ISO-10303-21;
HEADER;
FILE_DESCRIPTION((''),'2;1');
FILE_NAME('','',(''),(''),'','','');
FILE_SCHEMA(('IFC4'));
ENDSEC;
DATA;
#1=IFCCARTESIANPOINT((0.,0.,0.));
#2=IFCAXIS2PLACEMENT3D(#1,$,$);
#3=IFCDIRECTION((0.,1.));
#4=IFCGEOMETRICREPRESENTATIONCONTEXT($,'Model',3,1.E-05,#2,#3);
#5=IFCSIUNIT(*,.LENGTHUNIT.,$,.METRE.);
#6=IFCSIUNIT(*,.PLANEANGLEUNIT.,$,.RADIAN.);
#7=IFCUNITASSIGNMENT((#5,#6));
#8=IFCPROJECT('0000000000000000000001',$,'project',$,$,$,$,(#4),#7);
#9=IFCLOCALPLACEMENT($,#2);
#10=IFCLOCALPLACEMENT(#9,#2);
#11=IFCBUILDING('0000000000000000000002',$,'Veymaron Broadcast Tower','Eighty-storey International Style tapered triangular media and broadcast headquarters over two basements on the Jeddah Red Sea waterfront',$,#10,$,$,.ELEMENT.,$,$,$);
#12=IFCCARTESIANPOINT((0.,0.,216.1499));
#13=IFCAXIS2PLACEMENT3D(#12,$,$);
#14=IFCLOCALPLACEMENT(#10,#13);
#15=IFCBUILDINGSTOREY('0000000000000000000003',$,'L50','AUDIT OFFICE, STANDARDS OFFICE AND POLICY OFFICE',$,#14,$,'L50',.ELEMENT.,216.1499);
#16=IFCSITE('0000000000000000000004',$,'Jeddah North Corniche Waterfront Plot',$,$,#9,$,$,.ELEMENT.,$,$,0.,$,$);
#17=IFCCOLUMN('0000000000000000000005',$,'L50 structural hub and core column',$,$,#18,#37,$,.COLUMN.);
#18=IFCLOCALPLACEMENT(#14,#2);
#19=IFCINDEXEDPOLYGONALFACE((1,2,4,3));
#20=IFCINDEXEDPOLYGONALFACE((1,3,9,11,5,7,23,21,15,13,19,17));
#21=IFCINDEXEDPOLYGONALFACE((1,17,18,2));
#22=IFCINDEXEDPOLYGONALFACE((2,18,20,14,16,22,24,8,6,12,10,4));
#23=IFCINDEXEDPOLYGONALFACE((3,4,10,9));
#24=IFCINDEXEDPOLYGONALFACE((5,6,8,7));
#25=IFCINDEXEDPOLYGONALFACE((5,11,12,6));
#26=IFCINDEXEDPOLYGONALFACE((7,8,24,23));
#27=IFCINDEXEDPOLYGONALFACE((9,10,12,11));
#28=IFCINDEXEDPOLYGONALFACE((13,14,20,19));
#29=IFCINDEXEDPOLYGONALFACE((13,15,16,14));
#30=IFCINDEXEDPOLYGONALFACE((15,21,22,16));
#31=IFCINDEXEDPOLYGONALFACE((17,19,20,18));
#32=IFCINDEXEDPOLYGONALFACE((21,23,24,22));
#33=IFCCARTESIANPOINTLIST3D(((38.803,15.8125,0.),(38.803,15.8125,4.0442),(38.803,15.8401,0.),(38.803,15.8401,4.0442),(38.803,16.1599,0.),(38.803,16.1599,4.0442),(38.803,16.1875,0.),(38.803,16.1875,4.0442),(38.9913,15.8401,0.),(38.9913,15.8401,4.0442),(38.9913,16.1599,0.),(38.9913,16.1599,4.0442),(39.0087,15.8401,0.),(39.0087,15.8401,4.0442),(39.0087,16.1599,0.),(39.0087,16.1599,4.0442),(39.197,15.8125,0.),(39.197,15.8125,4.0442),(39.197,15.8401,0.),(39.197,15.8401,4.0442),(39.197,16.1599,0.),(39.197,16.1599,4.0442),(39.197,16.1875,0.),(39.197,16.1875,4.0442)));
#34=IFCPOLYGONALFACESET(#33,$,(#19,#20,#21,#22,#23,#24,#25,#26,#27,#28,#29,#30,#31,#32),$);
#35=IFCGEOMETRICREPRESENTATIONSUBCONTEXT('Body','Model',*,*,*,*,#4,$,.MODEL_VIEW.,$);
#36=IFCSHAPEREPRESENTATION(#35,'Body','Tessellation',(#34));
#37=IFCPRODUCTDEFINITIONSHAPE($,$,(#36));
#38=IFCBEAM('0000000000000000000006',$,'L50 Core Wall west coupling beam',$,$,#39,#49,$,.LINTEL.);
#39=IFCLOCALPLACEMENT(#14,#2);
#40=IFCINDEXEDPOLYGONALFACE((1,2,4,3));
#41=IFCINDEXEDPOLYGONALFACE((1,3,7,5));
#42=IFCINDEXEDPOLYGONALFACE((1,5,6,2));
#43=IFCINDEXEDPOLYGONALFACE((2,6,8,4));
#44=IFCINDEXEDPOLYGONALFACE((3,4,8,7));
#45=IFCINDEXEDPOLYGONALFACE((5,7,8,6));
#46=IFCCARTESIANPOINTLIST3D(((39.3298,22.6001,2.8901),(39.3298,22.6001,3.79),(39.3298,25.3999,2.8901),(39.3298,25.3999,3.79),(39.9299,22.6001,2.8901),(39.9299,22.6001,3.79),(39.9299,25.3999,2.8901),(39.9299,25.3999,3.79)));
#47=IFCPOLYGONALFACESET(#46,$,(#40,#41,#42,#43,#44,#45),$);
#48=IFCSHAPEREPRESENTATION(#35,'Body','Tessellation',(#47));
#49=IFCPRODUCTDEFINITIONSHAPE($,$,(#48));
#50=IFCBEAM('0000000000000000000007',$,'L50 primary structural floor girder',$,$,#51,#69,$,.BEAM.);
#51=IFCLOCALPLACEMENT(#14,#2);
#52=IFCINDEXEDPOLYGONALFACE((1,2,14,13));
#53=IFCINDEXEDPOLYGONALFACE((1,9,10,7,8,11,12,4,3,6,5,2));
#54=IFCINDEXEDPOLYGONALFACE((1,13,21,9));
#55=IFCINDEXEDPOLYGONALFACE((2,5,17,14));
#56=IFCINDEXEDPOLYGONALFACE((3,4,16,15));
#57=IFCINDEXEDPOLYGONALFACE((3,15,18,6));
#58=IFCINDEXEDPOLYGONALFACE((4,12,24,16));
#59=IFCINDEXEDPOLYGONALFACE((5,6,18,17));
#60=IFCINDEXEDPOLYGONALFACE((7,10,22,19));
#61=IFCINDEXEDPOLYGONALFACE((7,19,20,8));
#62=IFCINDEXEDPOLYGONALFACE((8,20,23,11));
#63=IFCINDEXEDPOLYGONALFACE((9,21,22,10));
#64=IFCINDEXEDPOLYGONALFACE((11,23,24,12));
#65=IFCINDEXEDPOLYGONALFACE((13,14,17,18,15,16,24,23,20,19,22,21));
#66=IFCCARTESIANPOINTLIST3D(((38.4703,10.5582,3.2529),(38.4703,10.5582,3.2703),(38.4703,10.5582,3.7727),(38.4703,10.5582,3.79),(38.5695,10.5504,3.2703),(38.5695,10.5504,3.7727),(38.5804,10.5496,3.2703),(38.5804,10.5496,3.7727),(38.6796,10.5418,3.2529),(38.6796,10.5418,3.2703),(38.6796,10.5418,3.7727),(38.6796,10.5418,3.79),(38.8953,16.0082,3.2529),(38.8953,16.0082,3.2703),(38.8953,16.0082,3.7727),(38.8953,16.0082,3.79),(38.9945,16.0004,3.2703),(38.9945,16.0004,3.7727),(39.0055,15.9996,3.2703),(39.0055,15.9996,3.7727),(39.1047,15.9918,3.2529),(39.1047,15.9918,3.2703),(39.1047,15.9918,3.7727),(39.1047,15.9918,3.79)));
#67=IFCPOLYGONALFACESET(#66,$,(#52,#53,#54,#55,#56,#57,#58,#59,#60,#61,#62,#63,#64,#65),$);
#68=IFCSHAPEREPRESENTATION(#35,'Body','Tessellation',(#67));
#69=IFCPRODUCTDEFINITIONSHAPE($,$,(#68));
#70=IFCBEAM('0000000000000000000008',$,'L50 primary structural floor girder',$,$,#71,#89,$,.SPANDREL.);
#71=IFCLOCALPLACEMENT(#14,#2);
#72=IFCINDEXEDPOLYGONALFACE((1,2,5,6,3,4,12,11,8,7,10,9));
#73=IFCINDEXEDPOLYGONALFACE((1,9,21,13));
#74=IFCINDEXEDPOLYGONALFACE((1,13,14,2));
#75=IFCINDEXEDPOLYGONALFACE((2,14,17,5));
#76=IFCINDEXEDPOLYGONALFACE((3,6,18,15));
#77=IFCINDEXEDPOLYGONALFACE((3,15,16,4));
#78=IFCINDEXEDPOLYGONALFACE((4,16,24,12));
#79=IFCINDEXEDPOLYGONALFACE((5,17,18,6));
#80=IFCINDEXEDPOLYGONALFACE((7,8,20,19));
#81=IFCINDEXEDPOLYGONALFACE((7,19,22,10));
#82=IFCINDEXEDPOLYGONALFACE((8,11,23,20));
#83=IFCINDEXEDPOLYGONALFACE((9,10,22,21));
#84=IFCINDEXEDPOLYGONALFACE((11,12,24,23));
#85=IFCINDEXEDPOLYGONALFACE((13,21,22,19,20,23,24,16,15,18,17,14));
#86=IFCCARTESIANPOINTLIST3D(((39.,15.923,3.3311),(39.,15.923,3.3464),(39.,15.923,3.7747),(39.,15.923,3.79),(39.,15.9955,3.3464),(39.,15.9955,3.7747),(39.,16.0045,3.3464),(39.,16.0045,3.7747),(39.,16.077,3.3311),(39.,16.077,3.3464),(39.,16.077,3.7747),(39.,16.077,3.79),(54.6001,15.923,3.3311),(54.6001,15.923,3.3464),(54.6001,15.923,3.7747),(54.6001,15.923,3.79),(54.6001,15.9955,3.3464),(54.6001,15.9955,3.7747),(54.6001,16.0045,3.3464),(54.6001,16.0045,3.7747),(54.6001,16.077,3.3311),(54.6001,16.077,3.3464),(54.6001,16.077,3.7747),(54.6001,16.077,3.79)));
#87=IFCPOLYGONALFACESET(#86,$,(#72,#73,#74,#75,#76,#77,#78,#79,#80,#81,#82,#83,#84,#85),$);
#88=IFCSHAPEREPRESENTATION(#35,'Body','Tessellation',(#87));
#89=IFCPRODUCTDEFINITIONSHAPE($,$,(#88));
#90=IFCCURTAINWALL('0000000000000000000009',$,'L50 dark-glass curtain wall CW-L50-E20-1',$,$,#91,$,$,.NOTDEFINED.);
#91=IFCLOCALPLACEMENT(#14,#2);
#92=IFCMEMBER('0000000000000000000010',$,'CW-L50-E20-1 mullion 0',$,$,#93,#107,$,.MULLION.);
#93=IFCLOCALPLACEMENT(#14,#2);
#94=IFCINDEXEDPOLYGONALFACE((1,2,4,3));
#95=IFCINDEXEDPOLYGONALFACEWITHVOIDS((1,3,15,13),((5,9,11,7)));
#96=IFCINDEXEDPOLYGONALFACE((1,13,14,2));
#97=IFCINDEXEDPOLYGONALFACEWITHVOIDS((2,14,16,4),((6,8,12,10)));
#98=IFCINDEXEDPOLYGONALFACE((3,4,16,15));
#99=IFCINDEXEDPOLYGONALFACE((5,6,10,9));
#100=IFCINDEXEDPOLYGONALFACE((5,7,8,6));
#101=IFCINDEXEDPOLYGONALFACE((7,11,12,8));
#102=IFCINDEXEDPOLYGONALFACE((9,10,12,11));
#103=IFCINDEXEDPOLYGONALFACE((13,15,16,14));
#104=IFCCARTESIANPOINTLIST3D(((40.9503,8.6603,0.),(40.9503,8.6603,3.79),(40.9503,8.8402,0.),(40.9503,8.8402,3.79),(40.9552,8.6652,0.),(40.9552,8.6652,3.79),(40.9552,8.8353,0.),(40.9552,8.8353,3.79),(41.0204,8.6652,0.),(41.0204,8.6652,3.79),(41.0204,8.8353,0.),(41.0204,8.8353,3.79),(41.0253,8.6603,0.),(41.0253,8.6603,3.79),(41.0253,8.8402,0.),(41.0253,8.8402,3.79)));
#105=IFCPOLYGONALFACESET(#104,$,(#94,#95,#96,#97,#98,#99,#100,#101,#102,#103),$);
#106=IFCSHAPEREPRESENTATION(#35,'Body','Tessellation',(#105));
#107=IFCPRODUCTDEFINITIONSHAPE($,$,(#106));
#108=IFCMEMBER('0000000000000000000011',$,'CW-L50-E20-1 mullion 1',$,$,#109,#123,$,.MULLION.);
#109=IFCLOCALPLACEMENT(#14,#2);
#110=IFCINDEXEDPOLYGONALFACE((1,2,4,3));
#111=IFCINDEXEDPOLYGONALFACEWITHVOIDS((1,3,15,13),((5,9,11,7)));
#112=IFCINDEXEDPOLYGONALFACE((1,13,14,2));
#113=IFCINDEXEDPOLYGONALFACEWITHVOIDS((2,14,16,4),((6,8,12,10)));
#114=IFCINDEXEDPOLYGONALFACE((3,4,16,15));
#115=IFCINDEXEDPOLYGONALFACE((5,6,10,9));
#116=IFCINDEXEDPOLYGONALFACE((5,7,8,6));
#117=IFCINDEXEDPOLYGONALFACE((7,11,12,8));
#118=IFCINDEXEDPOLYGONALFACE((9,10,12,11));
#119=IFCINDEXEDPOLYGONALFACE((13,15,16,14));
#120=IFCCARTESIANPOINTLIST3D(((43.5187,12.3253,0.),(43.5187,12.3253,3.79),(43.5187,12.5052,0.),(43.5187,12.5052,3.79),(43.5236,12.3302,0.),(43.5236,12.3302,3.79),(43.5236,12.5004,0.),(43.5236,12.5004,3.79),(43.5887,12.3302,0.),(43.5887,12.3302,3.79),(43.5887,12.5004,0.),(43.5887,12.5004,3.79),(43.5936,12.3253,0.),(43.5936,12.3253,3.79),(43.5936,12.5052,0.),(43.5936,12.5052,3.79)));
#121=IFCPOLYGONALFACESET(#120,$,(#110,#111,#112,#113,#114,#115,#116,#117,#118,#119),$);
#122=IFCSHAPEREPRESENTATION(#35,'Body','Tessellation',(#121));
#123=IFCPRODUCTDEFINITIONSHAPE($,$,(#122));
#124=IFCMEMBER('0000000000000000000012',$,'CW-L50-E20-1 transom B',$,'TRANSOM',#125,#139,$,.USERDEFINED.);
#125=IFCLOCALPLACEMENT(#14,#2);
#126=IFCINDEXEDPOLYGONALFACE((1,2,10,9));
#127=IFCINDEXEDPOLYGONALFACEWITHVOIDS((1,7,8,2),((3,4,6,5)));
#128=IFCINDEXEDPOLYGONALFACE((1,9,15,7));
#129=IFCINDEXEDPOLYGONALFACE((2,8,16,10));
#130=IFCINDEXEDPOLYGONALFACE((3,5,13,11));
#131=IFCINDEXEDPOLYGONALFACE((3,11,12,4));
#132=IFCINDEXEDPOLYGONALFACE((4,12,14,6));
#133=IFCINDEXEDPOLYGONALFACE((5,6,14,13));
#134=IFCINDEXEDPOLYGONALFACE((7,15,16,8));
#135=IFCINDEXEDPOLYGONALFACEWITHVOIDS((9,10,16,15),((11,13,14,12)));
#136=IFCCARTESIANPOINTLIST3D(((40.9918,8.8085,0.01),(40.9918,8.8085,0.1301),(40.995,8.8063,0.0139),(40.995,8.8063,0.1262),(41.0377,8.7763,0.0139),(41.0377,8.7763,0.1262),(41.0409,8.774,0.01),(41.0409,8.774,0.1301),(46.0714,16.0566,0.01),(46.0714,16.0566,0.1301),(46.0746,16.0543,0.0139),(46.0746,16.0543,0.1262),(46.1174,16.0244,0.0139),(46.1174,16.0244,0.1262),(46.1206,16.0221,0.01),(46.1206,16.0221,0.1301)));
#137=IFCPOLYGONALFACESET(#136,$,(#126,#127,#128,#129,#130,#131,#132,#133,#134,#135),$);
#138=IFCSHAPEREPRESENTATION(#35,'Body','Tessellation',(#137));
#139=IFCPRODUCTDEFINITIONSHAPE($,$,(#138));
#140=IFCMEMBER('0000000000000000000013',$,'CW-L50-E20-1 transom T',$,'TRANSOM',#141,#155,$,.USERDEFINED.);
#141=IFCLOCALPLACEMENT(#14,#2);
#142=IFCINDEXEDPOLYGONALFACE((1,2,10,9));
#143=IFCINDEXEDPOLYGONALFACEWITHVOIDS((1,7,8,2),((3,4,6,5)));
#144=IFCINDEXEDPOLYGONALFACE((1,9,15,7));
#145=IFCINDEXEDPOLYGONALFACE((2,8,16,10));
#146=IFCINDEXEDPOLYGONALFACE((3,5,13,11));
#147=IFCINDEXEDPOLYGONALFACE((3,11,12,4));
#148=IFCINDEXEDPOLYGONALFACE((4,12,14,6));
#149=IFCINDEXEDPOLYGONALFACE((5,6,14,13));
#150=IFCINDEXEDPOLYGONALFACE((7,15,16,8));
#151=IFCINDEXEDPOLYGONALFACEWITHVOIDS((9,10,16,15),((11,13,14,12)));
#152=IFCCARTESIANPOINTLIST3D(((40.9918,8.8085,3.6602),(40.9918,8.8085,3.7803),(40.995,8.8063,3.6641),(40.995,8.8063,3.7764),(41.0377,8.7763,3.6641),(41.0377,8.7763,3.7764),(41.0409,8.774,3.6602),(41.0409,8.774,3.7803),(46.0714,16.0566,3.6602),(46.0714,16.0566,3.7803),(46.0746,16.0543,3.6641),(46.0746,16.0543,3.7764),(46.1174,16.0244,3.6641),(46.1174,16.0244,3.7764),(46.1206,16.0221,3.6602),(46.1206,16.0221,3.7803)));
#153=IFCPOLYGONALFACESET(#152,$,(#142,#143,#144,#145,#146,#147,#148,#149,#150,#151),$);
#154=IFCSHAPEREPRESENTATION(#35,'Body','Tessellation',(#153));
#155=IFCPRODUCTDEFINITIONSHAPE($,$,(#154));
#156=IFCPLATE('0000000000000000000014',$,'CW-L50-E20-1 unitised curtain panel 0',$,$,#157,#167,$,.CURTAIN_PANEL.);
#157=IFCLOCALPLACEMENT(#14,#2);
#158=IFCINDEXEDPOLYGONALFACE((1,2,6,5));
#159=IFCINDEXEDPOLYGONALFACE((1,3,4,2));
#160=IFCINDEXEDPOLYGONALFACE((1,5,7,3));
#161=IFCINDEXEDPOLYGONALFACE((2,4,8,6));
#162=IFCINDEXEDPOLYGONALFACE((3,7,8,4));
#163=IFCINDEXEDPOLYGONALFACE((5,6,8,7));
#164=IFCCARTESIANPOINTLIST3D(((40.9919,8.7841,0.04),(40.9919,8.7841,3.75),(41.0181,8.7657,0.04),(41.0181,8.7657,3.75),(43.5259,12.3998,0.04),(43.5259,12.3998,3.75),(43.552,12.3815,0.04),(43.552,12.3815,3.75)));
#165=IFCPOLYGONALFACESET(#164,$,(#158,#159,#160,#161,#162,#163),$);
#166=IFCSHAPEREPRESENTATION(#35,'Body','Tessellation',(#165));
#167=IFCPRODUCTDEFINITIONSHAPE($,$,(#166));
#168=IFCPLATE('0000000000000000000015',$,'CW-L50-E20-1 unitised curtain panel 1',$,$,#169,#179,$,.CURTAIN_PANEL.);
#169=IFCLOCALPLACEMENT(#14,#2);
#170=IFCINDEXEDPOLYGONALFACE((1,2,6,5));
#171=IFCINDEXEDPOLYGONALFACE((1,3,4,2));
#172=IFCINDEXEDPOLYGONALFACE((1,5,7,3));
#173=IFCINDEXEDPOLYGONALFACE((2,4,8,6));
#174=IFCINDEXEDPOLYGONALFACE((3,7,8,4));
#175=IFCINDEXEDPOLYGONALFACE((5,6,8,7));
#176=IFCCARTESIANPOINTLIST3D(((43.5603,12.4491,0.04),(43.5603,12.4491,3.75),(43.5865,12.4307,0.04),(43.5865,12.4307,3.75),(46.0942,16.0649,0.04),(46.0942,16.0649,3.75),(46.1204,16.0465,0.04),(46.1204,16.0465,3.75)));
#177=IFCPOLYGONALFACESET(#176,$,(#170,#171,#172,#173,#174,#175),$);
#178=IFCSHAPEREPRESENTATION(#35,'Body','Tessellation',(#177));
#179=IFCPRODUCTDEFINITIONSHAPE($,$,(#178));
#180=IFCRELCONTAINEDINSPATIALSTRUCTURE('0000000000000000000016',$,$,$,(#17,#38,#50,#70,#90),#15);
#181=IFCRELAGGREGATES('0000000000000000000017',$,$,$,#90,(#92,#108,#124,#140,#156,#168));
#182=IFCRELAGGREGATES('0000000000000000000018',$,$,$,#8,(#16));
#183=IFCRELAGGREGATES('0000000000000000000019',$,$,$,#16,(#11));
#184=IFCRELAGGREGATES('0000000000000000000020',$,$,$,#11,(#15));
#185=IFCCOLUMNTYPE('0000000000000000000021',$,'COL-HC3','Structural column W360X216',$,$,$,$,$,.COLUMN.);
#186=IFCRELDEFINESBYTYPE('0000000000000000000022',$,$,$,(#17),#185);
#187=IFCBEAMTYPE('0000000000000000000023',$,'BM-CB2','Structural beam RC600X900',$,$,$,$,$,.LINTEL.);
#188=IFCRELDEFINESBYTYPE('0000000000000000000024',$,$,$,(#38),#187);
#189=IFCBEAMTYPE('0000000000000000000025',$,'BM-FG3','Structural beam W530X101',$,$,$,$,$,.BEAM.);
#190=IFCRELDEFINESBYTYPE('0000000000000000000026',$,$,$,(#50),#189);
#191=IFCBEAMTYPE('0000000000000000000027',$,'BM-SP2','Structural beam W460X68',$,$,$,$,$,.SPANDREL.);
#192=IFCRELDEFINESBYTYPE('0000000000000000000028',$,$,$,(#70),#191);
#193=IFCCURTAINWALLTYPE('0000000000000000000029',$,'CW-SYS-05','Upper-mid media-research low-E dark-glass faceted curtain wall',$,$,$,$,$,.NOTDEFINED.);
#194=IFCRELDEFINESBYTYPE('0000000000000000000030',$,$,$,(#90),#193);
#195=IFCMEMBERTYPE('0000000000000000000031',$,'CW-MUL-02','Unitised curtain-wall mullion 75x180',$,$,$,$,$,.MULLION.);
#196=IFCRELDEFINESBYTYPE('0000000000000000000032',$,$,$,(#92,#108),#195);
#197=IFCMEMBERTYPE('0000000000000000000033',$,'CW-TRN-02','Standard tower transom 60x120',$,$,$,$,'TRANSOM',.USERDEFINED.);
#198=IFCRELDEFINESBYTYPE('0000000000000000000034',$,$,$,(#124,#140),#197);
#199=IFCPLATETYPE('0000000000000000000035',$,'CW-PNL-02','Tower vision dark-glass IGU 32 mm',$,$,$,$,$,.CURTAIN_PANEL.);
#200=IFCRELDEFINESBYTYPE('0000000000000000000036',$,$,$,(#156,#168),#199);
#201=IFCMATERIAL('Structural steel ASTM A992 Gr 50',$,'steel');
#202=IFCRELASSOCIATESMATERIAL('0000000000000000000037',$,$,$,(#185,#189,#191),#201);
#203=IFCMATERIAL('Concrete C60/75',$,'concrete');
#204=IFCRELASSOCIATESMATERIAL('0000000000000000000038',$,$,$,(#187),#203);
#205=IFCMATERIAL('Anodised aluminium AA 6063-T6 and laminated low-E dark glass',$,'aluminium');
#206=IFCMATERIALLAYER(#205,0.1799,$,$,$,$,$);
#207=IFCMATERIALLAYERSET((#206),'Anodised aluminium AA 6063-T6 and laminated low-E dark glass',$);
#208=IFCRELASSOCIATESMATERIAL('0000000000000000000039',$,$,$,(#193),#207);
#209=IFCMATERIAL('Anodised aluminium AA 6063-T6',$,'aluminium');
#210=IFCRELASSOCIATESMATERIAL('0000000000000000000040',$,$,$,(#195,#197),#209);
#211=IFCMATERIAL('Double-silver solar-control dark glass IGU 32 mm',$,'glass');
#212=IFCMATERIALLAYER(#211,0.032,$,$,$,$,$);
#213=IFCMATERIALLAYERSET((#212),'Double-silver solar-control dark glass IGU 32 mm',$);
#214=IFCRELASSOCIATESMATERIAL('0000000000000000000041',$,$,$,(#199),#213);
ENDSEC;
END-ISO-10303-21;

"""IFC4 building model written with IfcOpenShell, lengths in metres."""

from ifc_helpers import new_model, si_unit, direction, frame, origin, origin_2d, place, context, subcontext, project, spatial, rectangle, hollow_rectangle, i_section, extrude, material, layer, layer_set, material_profile, profile_set, type_object, element, aggregate, save


model = new_model("IFC4")

# Units and contexts
model_context = context("Model", 3, precision=1e-05, world=origin(), true_north=direction((0.0, 1.0)))
body_context = subcontext(model_context, "Body", "Model", "MODEL_VIEW")
ifc_project = project(units=[si_unit("LENGTHUNIT", "METRE"), si_unit("PLANEANGLEUNIT", "RADIAN")], contexts=[model_context])

# Site, building, storey
site_placement = place(None, origin())
site = spatial("IfcSite", under=ifc_project, at=site_placement, Name="Jeddah North Corniche Waterfront Plot", CompositionType="ELEMENT", RefElevation=0.0)
building_placement = place(site_placement, origin())
building = spatial("IfcBuilding", under=site, at=building_placement, Name="Veymaron Broadcast Tower", Description="Eighty-storey International Style tapered triangular media and broadcast headquarters over two basements on the Jeddah Red Sea waterfront", CompositionType="ELEMENT")
storey_placement = place(building_placement, frame((0.0, 0.0, 216.1499)))
storey = spatial("IfcBuildingStorey", under=building, at=storey_placement, Name="L50", Description="AUDIT OFFICE, STANDARDS OFFICE AND POLICY OFFICE", LongName="L50", CompositionType="ELEMENT", Elevation=216.1499)

# Column
ifc_material_1 = material(Name="Structural steel ASTM A992 Gr 50", Category="steel")
ifc_material_profile_1 = material_profile(ifc_material_1, i_section(OverallWidth=0.394, OverallDepth=0.375, WebThickness=0.0173, FlangeThickness=0.0276, at=origin_2d()), Name="W360X216")
ifc_profile_set_1 = profile_set([ifc_material_profile_1], Name="Structural steel ASTM A992 Gr 50")
column_type = type_object("IfcColumnType", Name="COL-HC3", Description="Structural column W360X216", PredefinedType="COLUMN", material=ifc_profile_set_1)
column_placement = place(storey_placement, frame((39.0, 16.0, 0.0), z_axis=(0.0, 0.0, 1.0), x_axis=(1.0, 0.0, 0.0)))
element("IfcColumn", 1, at=column_placement, inside=storey, type_object=column_type, Name="L50 structural hub and core column", PredefinedType="COLUMN", context=body_context, shape_type="SweptSolid", body=[
    extrude(i_section(OverallWidth=0.394, OverallDepth=0.375, WebThickness=0.0173, FlangeThickness=0.0276, at=origin_2d()), origin(), (0.0, 0.0, 1.0), 4.0442),
])

# Beams
ifc_material_2 = material(Name="Concrete C60/75", Category="concrete")
ifc_material_profile_2 = material_profile(ifc_material_2, rectangle(XDim=0.6001, YDim=0.8999, at=origin_2d()), Name="RC600X900")
ifc_profile_set_2 = profile_set([ifc_material_profile_2], Name="Concrete C60/75")
beam_type_1 = type_object("IfcBeamType", Name="BM-CB2", Description="Structural beam RC600X900", PredefinedType="LINTEL", material=ifc_profile_set_2)
beam_1_placement = place(storey_placement, frame((39.6299, 22.6001, 3.3401), z_axis=(0.0, 1.0, 0.0), x_axis=(-1.0, 0.0, 0.0)))
element("IfcBeam", 2, at=beam_1_placement, inside=storey, type_object=beam_type_1, Name="L50 Core Wall west coupling beam", PredefinedType="LINTEL", context=body_context, shape_type="SweptSolid", body=[
    extrude(rectangle(XDim=0.6001, YDim=0.8999, at=origin_2d()), origin(), (0.0, 0.0, 1.0), 2.7998),
])
ifc_material_profile_3 = material_profile(ifc_material_1, i_section(OverallWidth=0.21, OverallDepth=0.5371, WebThickness=0.011, FlangeThickness=0.0173, at=origin_2d()), Name="W530X101")
ifc_profile_set_3 = profile_set([ifc_material_profile_3], Name="Structural steel ASTM A992 Gr 50")
beam_type_2 = type_object("IfcBeamType", Name="BM-FG3", Description="Structural beam W530X101", PredefinedType="BEAM", material=ifc_profile_set_3)
beam_2_placement = place(storey_placement, frame((39.0, 16.0, 3.5215), z_axis=(-0.077755, -0.996972, 0.0), x_axis=(0.996972, -0.077755, 0.0)))
element("IfcBeam", 3, at=beam_2_placement, inside=storey, type_object=beam_type_2, Name="L50 primary structural floor girder", PredefinedType="BEAM", context=body_context, shape_type="SweptSolid", body=[
    extrude(i_section(OverallWidth=0.21, OverallDepth=0.5371, WebThickness=0.011, FlangeThickness=0.0173, at=origin_2d()), origin(), (0.0, 0.0, 1.0), 5.4666),
])
ifc_material_profile_4 = material_profile(ifc_material_1, i_section(OverallWidth=0.1541, OverallDepth=0.459, WebThickness=0.009, FlangeThickness=0.0154, at=origin_2d()), Name="W460X68")
ifc_profile_set_4 = profile_set([ifc_material_profile_4], Name="Structural steel ASTM A992 Gr 50")
beam_type_3 = type_object("IfcBeamType", Name="BM-SP2", Description="Structural beam W460X68", PredefinedType="SPANDREL", material=ifc_profile_set_4)
beam_3_placement = place(storey_placement, frame((39.0, 16.0, 3.5605), z_axis=(1.0, 0.0, 0.0), x_axis=(0.0, 1.0, 0.0)))
element("IfcBeam", 4, at=beam_3_placement, inside=storey, type_object=beam_type_3, Name="L50 primary structural floor girder", PredefinedType="SPANDREL", context=body_context, shape_type="SweptSolid", body=[
    extrude(i_section(OverallWidth=0.1541, OverallDepth=0.459, WebThickness=0.009, FlangeThickness=0.0154, at=origin_2d()), origin(), (0.0, 0.0, 1.0), 15.6001),
])

# Curtain wall, members, plates
ifc_material_3 = material(Name="Anodised aluminium AA 6063-T6 and laminated low-E dark glass", Category="aluminium")
ifc_layer_1 = layer(ifc_material_3, 0.1799)
ifc_layer_set_1 = layer_set([ifc_layer_1], Name="Anodised aluminium AA 6063-T6 and laminated low-E dark glass")
curtain_wall_type = type_object("IfcCurtainWallType", Name="CW-SYS-05", Description="Upper-mid media-research low-E dark-glass faceted curtain wall", PredefinedType="NOTDEFINED", material=ifc_layer_set_1)
curtain_wall_placement = place(storey_placement, origin())
curtain_wall = element("IfcCurtainWall", 5, at=curtain_wall_placement, inside=storey, type_object=curtain_wall_type, Name="L50 dark-glass curtain wall CW-L50-E20-1", PredefinedType="NOTDEFINED")
ifc_material_4 = material(Name="Anodised aluminium AA 6063-T6", Category="aluminium")
ifc_material_profile_5 = material_profile(ifc_material_4, hollow_rectangle(XDim=0.075, YDim=0.1799, WallThickness=0.0049, at=origin_2d()), Name="AL180X75X5")
ifc_profile_set_5 = profile_set([ifc_material_profile_5], Name="Anodised aluminium AA 6063-T6")
member_type_1 = type_object("IfcMemberType", Name="CW-MUL-02", Description="Unitised curtain-wall mullion 75x180", PredefinedType="MULLION", material=ifc_profile_set_5)
member_1_placement = place(storey_placement, frame((40.9878, 8.7502, 0.0), z_axis=(0.0, 0.0, 1.0), x_axis=(1.0, 0.0, 0.0)))
member_1 = element("IfcMember", 6, at=member_1_placement, type_object=member_type_1, Name="CW-L50-E20-1 mullion 0", PredefinedType="MULLION", context=body_context, shape_type="SweptSolid", body=[
    extrude(hollow_rectangle(XDim=0.075, YDim=0.1799, WallThickness=0.0049, at=origin_2d()), origin(), (0.0, 0.0, 1.0), 3.79),
])
member_2_placement = place(storey_placement, frame((43.5562, 12.4153, 0.0), z_axis=(0.0, 0.0, 1.0), x_axis=(1.0, 0.0, 0.0)))
member_2 = element("IfcMember", 7, at=member_2_placement, type_object=member_type_1, Name="CW-L50-E20-1 mullion 1", PredefinedType="MULLION", context=body_context, shape_type="SweptSolid", body=[
    extrude(hollow_rectangle(XDim=0.075, YDim=0.1799, WallThickness=0.0049, at=origin_2d()), origin(), (0.0, 0.0, 1.0), 3.79),
])
ifc_material_profile_6 = material_profile(ifc_material_4, hollow_rectangle(XDim=0.0601, YDim=0.1201, WallThickness=0.0039, at=origin_2d()), Name="AL120X60X4")
ifc_profile_set_6 = profile_set([ifc_material_profile_6], Name="Anodised aluminium AA 6063-T6")
member_type_2 = type_object("IfcMemberType", Name="CW-TRN-02", Description="Standard tower transom 60x120", ElementType="TRANSOM", PredefinedType="USERDEFINED", material=ifc_profile_set_6)
member_3_placement = place(storey_placement, frame((41.0164, 8.7913, 0.0701), z_axis=(0.573914, 0.818916, 0.0), x_axis=(-0.818916, 0.573914, 0.0)))
member_3 = element("IfcMember", 8, at=member_3_placement, type_object=member_type_2, Name="CW-L50-E20-1 transom B", ObjectType="TRANSOM", PredefinedType="USERDEFINED", context=body_context, shape_type="SweptSolid", body=[
    extrude(hollow_rectangle(XDim=0.0601, YDim=0.1201, WallThickness=0.0039, at=origin_2d()), origin(), (0.0, 0.0, 1.0), 8.8508),
])
member_4_placement = place(storey_placement, frame((41.0164, 8.7913, 3.7202), z_axis=(0.573914, 0.818916, 0.0), x_axis=(-0.818916, 0.573914, 0.0)))
member_4 = element("IfcMember", 9, at=member_4_placement, type_object=member_type_2, Name="CW-L50-E20-1 transom T", ObjectType="TRANSOM", PredefinedType="USERDEFINED", context=body_context, shape_type="SweptSolid", body=[
    extrude(hollow_rectangle(XDim=0.0601, YDim=0.1201, WallThickness=0.0039, at=origin_2d()), origin(), (0.0, 0.0, 1.0), 8.8508),
])
ifc_material_5 = material(Name="Double-silver solar-control dark glass IGU 32 mm", Category="glass")
ifc_layer_2 = layer(ifc_material_5, 0.032)
ifc_layer_set_2 = layer_set([ifc_layer_2], Name="Double-silver solar-control dark glass IGU 32 mm")
plate_type = type_object("IfcPlateType", Name="CW-PNL-02", Description="Tower vision dark-glass IGU 32 mm", PredefinedType="CURTAIN_PANEL", material=ifc_layer_set_2)
plate_1_placement = place(storey_placement, frame((42.272, 10.5828, 0.04), z_axis=(0.0, 0.0, 1.0), x_axis=(0.573905, 0.818922, 0.0)))
plate_1 = element("IfcPlate", 10, at=plate_1_placement, type_object=plate_type, Name="CW-L50-E20-1 unitised curtain panel 0", PredefinedType="CURTAIN_PANEL", context=body_context, shape_type="SweptSolid", body=[
    extrude(rectangle(XDim=4.4153, YDim=0.032, at=origin_2d()), origin(), (0.0, 0.0, 1.0), 3.71),
])
plate_2_placement = place(storey_placement, frame((44.8403, 14.2478, 0.04), z_axis=(0.0, 0.0, 1.0), x_axis=(0.573905, 0.818922, 0.0)))
plate_2 = element("IfcPlate", 11, at=plate_2_placement, type_object=plate_type, Name="CW-L50-E20-1 unitised curtain panel 1", PredefinedType="CURTAIN_PANEL", context=body_context, shape_type="SweptSolid", body=[
    extrude(rectangle(XDim=4.4153, YDim=0.032, at=origin_2d()), origin(), (0.0, 0.0, 1.0), 3.71),
])
aggregate(curtain_wall, [member_1, member_2, member_3, member_4, plate_1, plate_2])

save(model, "model.ifc")
